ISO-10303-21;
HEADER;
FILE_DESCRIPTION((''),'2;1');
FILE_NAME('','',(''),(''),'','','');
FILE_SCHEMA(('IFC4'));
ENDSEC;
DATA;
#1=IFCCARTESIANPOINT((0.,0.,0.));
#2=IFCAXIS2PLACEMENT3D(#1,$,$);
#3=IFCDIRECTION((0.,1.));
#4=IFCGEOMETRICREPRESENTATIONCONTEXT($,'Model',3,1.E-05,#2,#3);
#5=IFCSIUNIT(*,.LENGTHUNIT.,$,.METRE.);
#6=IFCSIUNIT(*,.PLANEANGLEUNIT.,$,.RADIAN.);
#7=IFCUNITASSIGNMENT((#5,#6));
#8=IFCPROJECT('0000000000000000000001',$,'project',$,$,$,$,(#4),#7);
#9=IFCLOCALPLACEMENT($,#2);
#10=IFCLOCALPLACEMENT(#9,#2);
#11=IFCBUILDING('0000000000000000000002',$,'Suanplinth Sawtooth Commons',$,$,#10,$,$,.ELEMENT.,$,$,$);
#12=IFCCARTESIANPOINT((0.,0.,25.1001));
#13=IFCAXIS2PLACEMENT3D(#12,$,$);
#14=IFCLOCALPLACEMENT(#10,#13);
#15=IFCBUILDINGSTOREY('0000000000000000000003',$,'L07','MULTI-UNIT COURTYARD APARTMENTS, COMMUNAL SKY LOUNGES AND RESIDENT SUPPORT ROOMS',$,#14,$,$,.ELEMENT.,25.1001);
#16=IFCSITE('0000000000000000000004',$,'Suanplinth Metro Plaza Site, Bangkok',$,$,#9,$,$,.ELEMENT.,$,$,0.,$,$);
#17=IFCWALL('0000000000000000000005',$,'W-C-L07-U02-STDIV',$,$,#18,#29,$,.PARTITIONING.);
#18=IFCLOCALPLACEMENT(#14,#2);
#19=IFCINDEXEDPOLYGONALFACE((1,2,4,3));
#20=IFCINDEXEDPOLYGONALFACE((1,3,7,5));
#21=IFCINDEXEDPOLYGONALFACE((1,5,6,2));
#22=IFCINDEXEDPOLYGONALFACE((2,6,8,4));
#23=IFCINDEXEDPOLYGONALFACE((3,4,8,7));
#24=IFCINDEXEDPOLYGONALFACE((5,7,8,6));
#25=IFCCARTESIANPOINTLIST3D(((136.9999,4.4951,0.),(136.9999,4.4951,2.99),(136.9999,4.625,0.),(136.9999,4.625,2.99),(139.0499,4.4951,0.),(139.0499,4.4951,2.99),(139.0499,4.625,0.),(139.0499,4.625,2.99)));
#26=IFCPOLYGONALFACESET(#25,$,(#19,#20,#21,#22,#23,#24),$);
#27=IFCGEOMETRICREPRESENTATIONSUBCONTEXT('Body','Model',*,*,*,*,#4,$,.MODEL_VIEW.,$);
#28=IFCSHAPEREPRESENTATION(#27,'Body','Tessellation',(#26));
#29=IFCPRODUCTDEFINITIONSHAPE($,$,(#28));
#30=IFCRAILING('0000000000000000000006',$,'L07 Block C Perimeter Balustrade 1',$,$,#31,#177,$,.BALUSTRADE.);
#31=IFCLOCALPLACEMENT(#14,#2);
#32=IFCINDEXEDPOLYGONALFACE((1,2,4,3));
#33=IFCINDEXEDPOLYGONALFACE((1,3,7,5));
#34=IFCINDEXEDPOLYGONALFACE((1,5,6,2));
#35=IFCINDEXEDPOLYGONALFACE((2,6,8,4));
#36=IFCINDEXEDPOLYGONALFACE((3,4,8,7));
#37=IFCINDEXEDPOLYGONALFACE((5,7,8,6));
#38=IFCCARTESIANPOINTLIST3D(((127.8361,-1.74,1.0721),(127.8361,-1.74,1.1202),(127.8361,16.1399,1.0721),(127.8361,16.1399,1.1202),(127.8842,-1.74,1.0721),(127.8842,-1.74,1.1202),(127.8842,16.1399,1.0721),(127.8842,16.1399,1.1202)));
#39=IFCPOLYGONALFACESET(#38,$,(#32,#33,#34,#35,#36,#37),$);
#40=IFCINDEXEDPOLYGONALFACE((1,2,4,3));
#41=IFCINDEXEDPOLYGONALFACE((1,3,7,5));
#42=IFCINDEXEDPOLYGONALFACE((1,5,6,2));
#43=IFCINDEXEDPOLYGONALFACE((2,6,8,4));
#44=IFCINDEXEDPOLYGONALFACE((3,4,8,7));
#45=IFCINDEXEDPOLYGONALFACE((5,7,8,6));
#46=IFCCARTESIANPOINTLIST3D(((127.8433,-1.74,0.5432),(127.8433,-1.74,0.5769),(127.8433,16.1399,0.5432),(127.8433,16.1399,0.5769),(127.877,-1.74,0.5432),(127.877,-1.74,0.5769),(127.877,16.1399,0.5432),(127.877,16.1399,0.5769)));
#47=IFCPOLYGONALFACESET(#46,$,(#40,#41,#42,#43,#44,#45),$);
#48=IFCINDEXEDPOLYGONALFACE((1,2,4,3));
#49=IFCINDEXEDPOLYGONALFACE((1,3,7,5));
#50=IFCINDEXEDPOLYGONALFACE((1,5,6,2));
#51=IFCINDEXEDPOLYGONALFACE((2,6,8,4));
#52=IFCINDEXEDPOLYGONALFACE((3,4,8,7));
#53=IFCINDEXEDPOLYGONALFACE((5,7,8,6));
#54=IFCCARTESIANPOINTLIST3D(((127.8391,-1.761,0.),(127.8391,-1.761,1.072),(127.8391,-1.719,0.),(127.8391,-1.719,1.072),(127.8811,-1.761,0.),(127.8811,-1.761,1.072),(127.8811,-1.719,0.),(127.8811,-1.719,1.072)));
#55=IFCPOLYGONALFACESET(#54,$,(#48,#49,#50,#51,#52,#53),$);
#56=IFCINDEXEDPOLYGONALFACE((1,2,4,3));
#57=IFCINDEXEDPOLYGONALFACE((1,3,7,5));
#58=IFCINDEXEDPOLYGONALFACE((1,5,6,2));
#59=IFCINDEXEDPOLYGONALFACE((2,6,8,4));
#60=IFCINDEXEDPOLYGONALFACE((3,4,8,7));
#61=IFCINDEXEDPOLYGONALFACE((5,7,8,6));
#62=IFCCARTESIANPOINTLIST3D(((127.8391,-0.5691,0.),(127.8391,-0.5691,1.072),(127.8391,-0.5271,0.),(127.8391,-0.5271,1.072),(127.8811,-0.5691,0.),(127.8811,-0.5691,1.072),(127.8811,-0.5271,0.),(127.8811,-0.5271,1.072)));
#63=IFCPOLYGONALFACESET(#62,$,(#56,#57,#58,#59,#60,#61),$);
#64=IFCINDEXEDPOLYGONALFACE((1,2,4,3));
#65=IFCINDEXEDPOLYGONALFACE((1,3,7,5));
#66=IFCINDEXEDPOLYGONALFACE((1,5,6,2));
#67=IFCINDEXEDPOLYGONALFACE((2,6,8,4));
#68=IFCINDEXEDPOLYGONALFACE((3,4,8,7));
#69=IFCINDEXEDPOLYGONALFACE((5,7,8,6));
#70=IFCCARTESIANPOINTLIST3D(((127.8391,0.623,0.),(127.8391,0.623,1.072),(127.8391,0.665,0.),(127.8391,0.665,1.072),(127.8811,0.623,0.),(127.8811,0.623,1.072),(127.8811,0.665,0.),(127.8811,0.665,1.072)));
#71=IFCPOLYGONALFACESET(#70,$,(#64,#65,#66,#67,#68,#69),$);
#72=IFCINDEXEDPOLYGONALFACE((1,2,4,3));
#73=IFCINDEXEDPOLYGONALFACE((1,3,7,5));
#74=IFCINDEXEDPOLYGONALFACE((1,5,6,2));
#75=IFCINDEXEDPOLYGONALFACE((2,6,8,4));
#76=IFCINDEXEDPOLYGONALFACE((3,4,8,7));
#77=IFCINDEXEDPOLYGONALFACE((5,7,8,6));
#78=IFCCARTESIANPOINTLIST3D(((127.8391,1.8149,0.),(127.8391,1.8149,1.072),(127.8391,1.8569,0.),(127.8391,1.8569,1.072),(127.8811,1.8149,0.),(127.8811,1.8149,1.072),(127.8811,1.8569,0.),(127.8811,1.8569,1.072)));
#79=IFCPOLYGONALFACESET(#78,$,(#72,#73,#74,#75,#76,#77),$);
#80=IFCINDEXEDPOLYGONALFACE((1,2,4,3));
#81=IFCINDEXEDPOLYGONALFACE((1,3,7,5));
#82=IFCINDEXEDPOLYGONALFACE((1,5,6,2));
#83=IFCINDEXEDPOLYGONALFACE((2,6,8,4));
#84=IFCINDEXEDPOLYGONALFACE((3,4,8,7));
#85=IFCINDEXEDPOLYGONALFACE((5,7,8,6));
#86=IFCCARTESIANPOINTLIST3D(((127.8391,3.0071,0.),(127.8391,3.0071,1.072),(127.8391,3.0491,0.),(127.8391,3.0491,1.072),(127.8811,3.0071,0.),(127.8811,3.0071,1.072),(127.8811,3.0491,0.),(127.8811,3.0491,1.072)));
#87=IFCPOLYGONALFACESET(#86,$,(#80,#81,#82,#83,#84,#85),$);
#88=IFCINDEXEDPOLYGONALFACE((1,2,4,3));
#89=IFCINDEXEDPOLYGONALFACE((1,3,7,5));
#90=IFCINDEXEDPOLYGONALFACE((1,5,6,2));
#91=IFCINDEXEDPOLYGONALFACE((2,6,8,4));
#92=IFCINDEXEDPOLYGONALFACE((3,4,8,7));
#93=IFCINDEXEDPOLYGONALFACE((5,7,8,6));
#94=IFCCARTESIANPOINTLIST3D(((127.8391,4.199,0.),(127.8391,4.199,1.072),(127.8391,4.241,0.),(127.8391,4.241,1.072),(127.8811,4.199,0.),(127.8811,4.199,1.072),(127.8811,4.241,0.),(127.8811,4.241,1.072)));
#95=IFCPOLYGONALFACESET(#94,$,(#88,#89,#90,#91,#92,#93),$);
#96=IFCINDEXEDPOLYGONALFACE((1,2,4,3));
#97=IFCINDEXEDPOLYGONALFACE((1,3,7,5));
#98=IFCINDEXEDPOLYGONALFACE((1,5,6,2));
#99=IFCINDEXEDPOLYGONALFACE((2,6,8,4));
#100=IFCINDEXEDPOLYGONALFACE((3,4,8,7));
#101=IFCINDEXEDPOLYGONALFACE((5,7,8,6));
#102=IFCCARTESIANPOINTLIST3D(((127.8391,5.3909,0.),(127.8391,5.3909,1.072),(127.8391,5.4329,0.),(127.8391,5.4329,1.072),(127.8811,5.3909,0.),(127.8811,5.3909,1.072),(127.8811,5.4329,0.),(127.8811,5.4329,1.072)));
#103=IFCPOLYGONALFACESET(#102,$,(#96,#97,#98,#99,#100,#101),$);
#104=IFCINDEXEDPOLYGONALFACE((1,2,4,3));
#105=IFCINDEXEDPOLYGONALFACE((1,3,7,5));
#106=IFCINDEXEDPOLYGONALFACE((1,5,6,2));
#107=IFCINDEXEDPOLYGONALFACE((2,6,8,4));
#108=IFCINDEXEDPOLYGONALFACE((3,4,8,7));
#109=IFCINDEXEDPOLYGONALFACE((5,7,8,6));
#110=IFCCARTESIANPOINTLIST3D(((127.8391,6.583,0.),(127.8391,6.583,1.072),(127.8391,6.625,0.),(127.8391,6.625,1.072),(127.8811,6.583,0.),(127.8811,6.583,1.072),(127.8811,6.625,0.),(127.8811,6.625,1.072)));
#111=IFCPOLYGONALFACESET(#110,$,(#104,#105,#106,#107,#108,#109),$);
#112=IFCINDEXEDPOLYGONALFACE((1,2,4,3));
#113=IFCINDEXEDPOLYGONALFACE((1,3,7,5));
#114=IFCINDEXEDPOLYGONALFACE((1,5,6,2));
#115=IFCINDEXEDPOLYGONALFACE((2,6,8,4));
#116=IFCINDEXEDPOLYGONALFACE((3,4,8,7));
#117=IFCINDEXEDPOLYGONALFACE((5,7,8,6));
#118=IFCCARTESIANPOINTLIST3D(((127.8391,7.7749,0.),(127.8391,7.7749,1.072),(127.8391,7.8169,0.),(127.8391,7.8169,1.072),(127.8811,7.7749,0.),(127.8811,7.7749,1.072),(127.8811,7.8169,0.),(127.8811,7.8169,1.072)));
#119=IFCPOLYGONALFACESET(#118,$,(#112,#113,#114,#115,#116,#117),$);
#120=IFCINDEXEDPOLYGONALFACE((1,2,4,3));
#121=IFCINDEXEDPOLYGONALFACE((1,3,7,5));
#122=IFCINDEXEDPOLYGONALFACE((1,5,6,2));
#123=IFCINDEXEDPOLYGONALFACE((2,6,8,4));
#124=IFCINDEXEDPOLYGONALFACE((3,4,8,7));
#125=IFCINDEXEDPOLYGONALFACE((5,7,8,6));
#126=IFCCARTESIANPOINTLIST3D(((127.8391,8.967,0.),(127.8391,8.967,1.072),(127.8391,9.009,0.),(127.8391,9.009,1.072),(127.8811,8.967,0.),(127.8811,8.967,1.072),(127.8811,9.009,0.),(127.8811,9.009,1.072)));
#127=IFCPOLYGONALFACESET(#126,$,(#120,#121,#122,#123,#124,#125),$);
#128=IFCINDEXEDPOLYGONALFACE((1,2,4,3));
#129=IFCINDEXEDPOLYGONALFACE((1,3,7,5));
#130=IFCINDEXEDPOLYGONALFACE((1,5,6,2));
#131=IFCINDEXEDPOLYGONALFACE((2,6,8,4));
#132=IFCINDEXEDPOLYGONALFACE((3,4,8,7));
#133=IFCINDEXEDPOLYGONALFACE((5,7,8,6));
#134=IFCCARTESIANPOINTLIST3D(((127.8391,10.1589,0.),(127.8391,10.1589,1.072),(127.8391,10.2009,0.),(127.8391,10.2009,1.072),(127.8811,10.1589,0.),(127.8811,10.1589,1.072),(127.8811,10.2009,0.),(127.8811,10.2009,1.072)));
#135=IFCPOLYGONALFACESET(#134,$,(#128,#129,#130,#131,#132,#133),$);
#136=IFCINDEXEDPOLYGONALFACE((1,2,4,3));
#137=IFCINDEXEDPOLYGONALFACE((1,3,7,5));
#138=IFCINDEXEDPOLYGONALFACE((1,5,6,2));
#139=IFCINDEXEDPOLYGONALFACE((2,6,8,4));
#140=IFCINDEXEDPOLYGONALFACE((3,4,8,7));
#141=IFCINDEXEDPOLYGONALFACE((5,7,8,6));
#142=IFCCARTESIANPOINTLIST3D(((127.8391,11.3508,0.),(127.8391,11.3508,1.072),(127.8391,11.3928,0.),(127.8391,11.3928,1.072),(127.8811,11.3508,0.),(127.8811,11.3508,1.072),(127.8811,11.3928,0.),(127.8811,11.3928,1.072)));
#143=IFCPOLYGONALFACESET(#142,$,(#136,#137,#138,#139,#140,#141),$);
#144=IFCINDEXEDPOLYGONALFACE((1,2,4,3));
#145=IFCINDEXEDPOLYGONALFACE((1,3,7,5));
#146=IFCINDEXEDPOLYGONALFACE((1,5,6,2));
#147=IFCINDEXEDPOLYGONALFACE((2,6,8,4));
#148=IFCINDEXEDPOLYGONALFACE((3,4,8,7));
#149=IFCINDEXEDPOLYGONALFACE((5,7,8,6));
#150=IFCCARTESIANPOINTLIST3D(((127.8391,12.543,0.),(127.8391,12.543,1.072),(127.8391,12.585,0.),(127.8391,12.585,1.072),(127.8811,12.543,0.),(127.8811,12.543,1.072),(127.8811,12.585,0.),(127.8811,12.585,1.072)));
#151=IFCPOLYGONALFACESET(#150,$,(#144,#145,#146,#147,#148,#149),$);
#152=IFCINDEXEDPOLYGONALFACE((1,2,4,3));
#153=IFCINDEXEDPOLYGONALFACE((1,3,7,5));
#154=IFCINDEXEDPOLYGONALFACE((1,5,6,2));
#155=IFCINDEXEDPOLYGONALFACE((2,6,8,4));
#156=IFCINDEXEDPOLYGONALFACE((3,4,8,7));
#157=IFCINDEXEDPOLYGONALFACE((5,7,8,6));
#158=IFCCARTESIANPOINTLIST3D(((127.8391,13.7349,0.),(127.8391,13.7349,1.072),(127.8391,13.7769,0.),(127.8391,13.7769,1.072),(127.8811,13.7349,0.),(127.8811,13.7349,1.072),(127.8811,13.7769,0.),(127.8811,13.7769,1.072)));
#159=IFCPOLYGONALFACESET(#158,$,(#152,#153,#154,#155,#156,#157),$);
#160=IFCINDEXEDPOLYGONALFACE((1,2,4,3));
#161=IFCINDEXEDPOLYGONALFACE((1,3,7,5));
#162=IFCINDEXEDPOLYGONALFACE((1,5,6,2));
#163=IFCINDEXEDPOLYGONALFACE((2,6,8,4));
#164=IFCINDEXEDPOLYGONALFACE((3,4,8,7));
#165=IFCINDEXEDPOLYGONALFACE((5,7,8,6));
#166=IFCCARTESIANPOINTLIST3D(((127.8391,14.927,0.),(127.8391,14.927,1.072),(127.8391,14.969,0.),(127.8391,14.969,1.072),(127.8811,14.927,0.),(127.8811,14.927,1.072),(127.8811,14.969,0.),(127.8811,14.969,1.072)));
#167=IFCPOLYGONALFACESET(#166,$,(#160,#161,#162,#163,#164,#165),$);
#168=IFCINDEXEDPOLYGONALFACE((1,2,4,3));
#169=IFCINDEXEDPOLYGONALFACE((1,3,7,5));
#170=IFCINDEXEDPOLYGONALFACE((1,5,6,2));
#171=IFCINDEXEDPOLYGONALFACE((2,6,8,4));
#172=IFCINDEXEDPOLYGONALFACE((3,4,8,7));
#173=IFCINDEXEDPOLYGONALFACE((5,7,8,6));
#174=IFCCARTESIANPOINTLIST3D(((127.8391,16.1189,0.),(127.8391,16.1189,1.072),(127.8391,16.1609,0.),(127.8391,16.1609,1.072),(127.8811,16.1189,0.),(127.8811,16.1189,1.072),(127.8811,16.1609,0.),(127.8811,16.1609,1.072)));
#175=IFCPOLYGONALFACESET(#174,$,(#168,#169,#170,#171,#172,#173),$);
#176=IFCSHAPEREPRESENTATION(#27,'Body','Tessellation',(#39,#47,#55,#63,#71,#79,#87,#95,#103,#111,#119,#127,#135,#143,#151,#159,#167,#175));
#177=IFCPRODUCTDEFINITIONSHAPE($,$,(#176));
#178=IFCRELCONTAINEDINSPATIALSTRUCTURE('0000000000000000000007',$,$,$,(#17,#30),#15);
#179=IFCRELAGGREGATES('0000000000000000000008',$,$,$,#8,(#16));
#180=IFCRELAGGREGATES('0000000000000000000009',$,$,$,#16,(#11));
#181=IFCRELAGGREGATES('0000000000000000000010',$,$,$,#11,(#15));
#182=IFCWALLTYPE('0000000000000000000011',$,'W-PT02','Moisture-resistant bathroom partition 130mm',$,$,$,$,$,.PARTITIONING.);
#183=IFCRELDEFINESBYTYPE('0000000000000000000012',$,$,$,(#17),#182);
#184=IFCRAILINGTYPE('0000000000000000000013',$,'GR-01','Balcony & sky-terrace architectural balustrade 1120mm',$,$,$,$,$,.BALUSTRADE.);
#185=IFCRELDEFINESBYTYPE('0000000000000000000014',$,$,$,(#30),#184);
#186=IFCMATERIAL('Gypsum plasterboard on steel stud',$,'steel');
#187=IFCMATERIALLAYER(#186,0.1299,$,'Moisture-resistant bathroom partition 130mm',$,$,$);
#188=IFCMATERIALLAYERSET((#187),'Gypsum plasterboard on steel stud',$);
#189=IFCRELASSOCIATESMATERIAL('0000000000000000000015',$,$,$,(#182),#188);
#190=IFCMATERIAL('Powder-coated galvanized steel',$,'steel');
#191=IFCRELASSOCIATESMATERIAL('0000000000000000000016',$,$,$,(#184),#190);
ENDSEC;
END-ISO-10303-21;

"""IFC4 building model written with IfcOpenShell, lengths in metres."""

from ifc_helpers import new_model, si_unit, direction, frame, frame_2d, origin, origin_2d, place, context, subcontext, project, spatial, rectangle, extrude, material, layer, layer_set, type_object, element, save


model = new_model("IFC4")

# Units and contexts
model_context = context("Model", 3, precision=1e-05, world=origin(), true_north=direction((0.0, 1.0)))
body_context = subcontext(model_context, "Body", "Model", "MODEL_VIEW")
ifc_project = project(units=[si_unit("LENGTHUNIT", "METRE"), si_unit("PLANEANGLEUNIT", "RADIAN")], contexts=[model_context])

# Site, building, storey
site_placement = place(None, origin())
site = spatial("IfcSite", under=ifc_project, at=site_placement, Name="Suanplinth Metro Plaza Site, Bangkok", CompositionType="ELEMENT", RefElevation=0.0)
building_placement = place(site_placement, origin())
building = spatial("IfcBuilding", under=site, at=building_placement, Name="Suanplinth Sawtooth Commons", CompositionType="ELEMENT")
storey_placement = place(building_placement, frame((0.0, 0.0, 25.1001)))
storey = spatial("IfcBuildingStorey", under=building, at=storey_placement, Name="L07", Description="MULTI-UNIT COURTYARD APARTMENTS, COMMUNAL SKY LOUNGES AND RESIDENT SUPPORT ROOMS", CompositionType="ELEMENT", Elevation=25.1001)

# Wall
ifc_material_1 = material(Name="Gypsum plasterboard on steel stud", Category="steel")
ifc_layer_1 = layer(ifc_material_1, 0.1299, Name="Moisture-resistant bathroom partition 130mm")
ifc_layer_set_1 = layer_set([ifc_layer_1], Name="Gypsum plasterboard on steel stud")
wall_type_1 = type_object("IfcWallType", Name="W-PT02", Description="Moisture-resistant bathroom partition 130mm", PredefinedType="PARTITIONING", material=ifc_layer_set_1)
wall_1_placement = place(storey_placement, frame((137.0, 4.5601, 0.0), z_axis=(0.0, 0.0, 1.0), x_axis=(1.0, 0.0, 0.0)))
element("IfcWall", 1, at=wall_1_placement, inside=storey, type_object=wall_type_1, Name="W-C-L07-U02-STDIV", PredefinedType="PARTITIONING", context=body_context, shape_type="SweptSolid", body=[
    extrude(rectangle(XDim=2.05, YDim=0.1299, at=frame_2d((1.0249, 0.0))), origin(), (0.0, 0.0, 1.0), 2.99),
])

# Railing
ifc_material_2 = material(Name="Powder-coated galvanized steel", Category="steel")
railing_type = type_object("IfcRailingType", Name="GR-01", Description="Balcony & sky-terrace architectural balustrade 1120mm", PredefinedType="BALUSTRADE", material=ifc_material_2)
railing_placement = place(storey_placement, frame((127.8601, -1.74, 0.0)))
element("IfcRailing", 2, at=railing_placement, inside=storey, type_object=railing_type, Name="L07 Block C Perimeter Balustrade 1", PredefinedType="BALUSTRADE", context=body_context, shape_type="SweptSolid", body=[
    extrude(rectangle(XDim=0.0481, YDim=0.0481, at=origin_2d()), frame((0.0, 0.0, 1.0962), z_axis=(0.0, 1.0, 0.0), x_axis=(-1.0, 0.0, 0.0)), (0.0, 0.0, 1.0), 17.8799),
    extrude(rectangle(XDim=0.0337, YDim=0.0337, at=origin_2d()), frame((0.0, 0.0, 0.5601), z_axis=(0.0, 1.0, 0.0), x_axis=(-1.0, 0.0, 0.0)), (0.0, 0.0, 1.0), 17.8799),
    extrude(rectangle(XDim=0.042, YDim=0.042, at=origin_2d()), origin(), (0.0, 0.0, 1.0), 1.072),
    extrude(rectangle(XDim=0.042, YDim=0.042, at=origin_2d()), frame((0.0, 1.1919, 0.0)), (0.0, 0.0, 1.0), 1.072),
    extrude(rectangle(XDim=0.042, YDim=0.042, at=origin_2d()), frame((0.0, 2.384, 0.0)), (0.0, 0.0, 1.0), 1.072),
    extrude(rectangle(XDim=0.042, YDim=0.042, at=origin_2d()), frame((0.0, 3.5759, 0.0)), (0.0, 0.0, 1.0), 1.072),
    extrude(rectangle(XDim=0.042, YDim=0.042, at=origin_2d()), frame((0.0, 4.7681, 0.0)), (0.0, 0.0, 1.0), 1.072),
    extrude(rectangle(XDim=0.042, YDim=0.042, at=origin_2d()), frame((0.0, 5.96, 0.0)), (0.0, 0.0, 1.0), 1.072),
    extrude(rectangle(XDim=0.042, YDim=0.042, at=origin_2d()), frame((0.0, 7.1519, 0.0)), (0.0, 0.0, 1.0), 1.072),
    extrude(rectangle(XDim=0.042, YDim=0.042, at=origin_2d()), frame((0.0, 8.344, 0.0)), (0.0, 0.0, 1.0), 1.072),
    extrude(rectangle(XDim=0.042, YDim=0.042, at=origin_2d()), frame((0.0, 9.5359, 0.0)), (0.0, 0.0, 1.0), 1.072),
    extrude(rectangle(XDim=0.042, YDim=0.042, at=origin_2d()), frame((0.0, 10.728, 0.0)), (0.0, 0.0, 1.0), 1.072),
    extrude(rectangle(XDim=0.042, YDim=0.042, at=origin_2d()), frame((0.0, 11.9199, 0.0)), (0.0, 0.0, 1.0), 1.072),
    extrude(rectangle(XDim=0.042, YDim=0.042, at=origin_2d()), frame((0.0, 13.1118, 0.0)), (0.0, 0.0, 1.0), 1.072),
    extrude(rectangle(XDim=0.042, YDim=0.042, at=origin_2d()), frame((0.0, 14.304, 0.0)), (0.0, 0.0, 1.0), 1.072),
    extrude(rectangle(XDim=0.042, YDim=0.042, at=origin_2d()), frame((0.0, 15.4958, 0.0)), (0.0, 0.0, 1.0), 1.072),
    extrude(rectangle(XDim=0.042, YDim=0.042, at=origin_2d()), frame((0.0, 16.688, 0.0)), (0.0, 0.0, 1.0), 1.072),
    extrude(rectangle(XDim=0.042, YDim=0.042, at=origin_2d()), frame((0.0, 17.8799, 0.0)), (0.0, 0.0, 1.0), 1.072),
])

save(model, "model.ifc")
